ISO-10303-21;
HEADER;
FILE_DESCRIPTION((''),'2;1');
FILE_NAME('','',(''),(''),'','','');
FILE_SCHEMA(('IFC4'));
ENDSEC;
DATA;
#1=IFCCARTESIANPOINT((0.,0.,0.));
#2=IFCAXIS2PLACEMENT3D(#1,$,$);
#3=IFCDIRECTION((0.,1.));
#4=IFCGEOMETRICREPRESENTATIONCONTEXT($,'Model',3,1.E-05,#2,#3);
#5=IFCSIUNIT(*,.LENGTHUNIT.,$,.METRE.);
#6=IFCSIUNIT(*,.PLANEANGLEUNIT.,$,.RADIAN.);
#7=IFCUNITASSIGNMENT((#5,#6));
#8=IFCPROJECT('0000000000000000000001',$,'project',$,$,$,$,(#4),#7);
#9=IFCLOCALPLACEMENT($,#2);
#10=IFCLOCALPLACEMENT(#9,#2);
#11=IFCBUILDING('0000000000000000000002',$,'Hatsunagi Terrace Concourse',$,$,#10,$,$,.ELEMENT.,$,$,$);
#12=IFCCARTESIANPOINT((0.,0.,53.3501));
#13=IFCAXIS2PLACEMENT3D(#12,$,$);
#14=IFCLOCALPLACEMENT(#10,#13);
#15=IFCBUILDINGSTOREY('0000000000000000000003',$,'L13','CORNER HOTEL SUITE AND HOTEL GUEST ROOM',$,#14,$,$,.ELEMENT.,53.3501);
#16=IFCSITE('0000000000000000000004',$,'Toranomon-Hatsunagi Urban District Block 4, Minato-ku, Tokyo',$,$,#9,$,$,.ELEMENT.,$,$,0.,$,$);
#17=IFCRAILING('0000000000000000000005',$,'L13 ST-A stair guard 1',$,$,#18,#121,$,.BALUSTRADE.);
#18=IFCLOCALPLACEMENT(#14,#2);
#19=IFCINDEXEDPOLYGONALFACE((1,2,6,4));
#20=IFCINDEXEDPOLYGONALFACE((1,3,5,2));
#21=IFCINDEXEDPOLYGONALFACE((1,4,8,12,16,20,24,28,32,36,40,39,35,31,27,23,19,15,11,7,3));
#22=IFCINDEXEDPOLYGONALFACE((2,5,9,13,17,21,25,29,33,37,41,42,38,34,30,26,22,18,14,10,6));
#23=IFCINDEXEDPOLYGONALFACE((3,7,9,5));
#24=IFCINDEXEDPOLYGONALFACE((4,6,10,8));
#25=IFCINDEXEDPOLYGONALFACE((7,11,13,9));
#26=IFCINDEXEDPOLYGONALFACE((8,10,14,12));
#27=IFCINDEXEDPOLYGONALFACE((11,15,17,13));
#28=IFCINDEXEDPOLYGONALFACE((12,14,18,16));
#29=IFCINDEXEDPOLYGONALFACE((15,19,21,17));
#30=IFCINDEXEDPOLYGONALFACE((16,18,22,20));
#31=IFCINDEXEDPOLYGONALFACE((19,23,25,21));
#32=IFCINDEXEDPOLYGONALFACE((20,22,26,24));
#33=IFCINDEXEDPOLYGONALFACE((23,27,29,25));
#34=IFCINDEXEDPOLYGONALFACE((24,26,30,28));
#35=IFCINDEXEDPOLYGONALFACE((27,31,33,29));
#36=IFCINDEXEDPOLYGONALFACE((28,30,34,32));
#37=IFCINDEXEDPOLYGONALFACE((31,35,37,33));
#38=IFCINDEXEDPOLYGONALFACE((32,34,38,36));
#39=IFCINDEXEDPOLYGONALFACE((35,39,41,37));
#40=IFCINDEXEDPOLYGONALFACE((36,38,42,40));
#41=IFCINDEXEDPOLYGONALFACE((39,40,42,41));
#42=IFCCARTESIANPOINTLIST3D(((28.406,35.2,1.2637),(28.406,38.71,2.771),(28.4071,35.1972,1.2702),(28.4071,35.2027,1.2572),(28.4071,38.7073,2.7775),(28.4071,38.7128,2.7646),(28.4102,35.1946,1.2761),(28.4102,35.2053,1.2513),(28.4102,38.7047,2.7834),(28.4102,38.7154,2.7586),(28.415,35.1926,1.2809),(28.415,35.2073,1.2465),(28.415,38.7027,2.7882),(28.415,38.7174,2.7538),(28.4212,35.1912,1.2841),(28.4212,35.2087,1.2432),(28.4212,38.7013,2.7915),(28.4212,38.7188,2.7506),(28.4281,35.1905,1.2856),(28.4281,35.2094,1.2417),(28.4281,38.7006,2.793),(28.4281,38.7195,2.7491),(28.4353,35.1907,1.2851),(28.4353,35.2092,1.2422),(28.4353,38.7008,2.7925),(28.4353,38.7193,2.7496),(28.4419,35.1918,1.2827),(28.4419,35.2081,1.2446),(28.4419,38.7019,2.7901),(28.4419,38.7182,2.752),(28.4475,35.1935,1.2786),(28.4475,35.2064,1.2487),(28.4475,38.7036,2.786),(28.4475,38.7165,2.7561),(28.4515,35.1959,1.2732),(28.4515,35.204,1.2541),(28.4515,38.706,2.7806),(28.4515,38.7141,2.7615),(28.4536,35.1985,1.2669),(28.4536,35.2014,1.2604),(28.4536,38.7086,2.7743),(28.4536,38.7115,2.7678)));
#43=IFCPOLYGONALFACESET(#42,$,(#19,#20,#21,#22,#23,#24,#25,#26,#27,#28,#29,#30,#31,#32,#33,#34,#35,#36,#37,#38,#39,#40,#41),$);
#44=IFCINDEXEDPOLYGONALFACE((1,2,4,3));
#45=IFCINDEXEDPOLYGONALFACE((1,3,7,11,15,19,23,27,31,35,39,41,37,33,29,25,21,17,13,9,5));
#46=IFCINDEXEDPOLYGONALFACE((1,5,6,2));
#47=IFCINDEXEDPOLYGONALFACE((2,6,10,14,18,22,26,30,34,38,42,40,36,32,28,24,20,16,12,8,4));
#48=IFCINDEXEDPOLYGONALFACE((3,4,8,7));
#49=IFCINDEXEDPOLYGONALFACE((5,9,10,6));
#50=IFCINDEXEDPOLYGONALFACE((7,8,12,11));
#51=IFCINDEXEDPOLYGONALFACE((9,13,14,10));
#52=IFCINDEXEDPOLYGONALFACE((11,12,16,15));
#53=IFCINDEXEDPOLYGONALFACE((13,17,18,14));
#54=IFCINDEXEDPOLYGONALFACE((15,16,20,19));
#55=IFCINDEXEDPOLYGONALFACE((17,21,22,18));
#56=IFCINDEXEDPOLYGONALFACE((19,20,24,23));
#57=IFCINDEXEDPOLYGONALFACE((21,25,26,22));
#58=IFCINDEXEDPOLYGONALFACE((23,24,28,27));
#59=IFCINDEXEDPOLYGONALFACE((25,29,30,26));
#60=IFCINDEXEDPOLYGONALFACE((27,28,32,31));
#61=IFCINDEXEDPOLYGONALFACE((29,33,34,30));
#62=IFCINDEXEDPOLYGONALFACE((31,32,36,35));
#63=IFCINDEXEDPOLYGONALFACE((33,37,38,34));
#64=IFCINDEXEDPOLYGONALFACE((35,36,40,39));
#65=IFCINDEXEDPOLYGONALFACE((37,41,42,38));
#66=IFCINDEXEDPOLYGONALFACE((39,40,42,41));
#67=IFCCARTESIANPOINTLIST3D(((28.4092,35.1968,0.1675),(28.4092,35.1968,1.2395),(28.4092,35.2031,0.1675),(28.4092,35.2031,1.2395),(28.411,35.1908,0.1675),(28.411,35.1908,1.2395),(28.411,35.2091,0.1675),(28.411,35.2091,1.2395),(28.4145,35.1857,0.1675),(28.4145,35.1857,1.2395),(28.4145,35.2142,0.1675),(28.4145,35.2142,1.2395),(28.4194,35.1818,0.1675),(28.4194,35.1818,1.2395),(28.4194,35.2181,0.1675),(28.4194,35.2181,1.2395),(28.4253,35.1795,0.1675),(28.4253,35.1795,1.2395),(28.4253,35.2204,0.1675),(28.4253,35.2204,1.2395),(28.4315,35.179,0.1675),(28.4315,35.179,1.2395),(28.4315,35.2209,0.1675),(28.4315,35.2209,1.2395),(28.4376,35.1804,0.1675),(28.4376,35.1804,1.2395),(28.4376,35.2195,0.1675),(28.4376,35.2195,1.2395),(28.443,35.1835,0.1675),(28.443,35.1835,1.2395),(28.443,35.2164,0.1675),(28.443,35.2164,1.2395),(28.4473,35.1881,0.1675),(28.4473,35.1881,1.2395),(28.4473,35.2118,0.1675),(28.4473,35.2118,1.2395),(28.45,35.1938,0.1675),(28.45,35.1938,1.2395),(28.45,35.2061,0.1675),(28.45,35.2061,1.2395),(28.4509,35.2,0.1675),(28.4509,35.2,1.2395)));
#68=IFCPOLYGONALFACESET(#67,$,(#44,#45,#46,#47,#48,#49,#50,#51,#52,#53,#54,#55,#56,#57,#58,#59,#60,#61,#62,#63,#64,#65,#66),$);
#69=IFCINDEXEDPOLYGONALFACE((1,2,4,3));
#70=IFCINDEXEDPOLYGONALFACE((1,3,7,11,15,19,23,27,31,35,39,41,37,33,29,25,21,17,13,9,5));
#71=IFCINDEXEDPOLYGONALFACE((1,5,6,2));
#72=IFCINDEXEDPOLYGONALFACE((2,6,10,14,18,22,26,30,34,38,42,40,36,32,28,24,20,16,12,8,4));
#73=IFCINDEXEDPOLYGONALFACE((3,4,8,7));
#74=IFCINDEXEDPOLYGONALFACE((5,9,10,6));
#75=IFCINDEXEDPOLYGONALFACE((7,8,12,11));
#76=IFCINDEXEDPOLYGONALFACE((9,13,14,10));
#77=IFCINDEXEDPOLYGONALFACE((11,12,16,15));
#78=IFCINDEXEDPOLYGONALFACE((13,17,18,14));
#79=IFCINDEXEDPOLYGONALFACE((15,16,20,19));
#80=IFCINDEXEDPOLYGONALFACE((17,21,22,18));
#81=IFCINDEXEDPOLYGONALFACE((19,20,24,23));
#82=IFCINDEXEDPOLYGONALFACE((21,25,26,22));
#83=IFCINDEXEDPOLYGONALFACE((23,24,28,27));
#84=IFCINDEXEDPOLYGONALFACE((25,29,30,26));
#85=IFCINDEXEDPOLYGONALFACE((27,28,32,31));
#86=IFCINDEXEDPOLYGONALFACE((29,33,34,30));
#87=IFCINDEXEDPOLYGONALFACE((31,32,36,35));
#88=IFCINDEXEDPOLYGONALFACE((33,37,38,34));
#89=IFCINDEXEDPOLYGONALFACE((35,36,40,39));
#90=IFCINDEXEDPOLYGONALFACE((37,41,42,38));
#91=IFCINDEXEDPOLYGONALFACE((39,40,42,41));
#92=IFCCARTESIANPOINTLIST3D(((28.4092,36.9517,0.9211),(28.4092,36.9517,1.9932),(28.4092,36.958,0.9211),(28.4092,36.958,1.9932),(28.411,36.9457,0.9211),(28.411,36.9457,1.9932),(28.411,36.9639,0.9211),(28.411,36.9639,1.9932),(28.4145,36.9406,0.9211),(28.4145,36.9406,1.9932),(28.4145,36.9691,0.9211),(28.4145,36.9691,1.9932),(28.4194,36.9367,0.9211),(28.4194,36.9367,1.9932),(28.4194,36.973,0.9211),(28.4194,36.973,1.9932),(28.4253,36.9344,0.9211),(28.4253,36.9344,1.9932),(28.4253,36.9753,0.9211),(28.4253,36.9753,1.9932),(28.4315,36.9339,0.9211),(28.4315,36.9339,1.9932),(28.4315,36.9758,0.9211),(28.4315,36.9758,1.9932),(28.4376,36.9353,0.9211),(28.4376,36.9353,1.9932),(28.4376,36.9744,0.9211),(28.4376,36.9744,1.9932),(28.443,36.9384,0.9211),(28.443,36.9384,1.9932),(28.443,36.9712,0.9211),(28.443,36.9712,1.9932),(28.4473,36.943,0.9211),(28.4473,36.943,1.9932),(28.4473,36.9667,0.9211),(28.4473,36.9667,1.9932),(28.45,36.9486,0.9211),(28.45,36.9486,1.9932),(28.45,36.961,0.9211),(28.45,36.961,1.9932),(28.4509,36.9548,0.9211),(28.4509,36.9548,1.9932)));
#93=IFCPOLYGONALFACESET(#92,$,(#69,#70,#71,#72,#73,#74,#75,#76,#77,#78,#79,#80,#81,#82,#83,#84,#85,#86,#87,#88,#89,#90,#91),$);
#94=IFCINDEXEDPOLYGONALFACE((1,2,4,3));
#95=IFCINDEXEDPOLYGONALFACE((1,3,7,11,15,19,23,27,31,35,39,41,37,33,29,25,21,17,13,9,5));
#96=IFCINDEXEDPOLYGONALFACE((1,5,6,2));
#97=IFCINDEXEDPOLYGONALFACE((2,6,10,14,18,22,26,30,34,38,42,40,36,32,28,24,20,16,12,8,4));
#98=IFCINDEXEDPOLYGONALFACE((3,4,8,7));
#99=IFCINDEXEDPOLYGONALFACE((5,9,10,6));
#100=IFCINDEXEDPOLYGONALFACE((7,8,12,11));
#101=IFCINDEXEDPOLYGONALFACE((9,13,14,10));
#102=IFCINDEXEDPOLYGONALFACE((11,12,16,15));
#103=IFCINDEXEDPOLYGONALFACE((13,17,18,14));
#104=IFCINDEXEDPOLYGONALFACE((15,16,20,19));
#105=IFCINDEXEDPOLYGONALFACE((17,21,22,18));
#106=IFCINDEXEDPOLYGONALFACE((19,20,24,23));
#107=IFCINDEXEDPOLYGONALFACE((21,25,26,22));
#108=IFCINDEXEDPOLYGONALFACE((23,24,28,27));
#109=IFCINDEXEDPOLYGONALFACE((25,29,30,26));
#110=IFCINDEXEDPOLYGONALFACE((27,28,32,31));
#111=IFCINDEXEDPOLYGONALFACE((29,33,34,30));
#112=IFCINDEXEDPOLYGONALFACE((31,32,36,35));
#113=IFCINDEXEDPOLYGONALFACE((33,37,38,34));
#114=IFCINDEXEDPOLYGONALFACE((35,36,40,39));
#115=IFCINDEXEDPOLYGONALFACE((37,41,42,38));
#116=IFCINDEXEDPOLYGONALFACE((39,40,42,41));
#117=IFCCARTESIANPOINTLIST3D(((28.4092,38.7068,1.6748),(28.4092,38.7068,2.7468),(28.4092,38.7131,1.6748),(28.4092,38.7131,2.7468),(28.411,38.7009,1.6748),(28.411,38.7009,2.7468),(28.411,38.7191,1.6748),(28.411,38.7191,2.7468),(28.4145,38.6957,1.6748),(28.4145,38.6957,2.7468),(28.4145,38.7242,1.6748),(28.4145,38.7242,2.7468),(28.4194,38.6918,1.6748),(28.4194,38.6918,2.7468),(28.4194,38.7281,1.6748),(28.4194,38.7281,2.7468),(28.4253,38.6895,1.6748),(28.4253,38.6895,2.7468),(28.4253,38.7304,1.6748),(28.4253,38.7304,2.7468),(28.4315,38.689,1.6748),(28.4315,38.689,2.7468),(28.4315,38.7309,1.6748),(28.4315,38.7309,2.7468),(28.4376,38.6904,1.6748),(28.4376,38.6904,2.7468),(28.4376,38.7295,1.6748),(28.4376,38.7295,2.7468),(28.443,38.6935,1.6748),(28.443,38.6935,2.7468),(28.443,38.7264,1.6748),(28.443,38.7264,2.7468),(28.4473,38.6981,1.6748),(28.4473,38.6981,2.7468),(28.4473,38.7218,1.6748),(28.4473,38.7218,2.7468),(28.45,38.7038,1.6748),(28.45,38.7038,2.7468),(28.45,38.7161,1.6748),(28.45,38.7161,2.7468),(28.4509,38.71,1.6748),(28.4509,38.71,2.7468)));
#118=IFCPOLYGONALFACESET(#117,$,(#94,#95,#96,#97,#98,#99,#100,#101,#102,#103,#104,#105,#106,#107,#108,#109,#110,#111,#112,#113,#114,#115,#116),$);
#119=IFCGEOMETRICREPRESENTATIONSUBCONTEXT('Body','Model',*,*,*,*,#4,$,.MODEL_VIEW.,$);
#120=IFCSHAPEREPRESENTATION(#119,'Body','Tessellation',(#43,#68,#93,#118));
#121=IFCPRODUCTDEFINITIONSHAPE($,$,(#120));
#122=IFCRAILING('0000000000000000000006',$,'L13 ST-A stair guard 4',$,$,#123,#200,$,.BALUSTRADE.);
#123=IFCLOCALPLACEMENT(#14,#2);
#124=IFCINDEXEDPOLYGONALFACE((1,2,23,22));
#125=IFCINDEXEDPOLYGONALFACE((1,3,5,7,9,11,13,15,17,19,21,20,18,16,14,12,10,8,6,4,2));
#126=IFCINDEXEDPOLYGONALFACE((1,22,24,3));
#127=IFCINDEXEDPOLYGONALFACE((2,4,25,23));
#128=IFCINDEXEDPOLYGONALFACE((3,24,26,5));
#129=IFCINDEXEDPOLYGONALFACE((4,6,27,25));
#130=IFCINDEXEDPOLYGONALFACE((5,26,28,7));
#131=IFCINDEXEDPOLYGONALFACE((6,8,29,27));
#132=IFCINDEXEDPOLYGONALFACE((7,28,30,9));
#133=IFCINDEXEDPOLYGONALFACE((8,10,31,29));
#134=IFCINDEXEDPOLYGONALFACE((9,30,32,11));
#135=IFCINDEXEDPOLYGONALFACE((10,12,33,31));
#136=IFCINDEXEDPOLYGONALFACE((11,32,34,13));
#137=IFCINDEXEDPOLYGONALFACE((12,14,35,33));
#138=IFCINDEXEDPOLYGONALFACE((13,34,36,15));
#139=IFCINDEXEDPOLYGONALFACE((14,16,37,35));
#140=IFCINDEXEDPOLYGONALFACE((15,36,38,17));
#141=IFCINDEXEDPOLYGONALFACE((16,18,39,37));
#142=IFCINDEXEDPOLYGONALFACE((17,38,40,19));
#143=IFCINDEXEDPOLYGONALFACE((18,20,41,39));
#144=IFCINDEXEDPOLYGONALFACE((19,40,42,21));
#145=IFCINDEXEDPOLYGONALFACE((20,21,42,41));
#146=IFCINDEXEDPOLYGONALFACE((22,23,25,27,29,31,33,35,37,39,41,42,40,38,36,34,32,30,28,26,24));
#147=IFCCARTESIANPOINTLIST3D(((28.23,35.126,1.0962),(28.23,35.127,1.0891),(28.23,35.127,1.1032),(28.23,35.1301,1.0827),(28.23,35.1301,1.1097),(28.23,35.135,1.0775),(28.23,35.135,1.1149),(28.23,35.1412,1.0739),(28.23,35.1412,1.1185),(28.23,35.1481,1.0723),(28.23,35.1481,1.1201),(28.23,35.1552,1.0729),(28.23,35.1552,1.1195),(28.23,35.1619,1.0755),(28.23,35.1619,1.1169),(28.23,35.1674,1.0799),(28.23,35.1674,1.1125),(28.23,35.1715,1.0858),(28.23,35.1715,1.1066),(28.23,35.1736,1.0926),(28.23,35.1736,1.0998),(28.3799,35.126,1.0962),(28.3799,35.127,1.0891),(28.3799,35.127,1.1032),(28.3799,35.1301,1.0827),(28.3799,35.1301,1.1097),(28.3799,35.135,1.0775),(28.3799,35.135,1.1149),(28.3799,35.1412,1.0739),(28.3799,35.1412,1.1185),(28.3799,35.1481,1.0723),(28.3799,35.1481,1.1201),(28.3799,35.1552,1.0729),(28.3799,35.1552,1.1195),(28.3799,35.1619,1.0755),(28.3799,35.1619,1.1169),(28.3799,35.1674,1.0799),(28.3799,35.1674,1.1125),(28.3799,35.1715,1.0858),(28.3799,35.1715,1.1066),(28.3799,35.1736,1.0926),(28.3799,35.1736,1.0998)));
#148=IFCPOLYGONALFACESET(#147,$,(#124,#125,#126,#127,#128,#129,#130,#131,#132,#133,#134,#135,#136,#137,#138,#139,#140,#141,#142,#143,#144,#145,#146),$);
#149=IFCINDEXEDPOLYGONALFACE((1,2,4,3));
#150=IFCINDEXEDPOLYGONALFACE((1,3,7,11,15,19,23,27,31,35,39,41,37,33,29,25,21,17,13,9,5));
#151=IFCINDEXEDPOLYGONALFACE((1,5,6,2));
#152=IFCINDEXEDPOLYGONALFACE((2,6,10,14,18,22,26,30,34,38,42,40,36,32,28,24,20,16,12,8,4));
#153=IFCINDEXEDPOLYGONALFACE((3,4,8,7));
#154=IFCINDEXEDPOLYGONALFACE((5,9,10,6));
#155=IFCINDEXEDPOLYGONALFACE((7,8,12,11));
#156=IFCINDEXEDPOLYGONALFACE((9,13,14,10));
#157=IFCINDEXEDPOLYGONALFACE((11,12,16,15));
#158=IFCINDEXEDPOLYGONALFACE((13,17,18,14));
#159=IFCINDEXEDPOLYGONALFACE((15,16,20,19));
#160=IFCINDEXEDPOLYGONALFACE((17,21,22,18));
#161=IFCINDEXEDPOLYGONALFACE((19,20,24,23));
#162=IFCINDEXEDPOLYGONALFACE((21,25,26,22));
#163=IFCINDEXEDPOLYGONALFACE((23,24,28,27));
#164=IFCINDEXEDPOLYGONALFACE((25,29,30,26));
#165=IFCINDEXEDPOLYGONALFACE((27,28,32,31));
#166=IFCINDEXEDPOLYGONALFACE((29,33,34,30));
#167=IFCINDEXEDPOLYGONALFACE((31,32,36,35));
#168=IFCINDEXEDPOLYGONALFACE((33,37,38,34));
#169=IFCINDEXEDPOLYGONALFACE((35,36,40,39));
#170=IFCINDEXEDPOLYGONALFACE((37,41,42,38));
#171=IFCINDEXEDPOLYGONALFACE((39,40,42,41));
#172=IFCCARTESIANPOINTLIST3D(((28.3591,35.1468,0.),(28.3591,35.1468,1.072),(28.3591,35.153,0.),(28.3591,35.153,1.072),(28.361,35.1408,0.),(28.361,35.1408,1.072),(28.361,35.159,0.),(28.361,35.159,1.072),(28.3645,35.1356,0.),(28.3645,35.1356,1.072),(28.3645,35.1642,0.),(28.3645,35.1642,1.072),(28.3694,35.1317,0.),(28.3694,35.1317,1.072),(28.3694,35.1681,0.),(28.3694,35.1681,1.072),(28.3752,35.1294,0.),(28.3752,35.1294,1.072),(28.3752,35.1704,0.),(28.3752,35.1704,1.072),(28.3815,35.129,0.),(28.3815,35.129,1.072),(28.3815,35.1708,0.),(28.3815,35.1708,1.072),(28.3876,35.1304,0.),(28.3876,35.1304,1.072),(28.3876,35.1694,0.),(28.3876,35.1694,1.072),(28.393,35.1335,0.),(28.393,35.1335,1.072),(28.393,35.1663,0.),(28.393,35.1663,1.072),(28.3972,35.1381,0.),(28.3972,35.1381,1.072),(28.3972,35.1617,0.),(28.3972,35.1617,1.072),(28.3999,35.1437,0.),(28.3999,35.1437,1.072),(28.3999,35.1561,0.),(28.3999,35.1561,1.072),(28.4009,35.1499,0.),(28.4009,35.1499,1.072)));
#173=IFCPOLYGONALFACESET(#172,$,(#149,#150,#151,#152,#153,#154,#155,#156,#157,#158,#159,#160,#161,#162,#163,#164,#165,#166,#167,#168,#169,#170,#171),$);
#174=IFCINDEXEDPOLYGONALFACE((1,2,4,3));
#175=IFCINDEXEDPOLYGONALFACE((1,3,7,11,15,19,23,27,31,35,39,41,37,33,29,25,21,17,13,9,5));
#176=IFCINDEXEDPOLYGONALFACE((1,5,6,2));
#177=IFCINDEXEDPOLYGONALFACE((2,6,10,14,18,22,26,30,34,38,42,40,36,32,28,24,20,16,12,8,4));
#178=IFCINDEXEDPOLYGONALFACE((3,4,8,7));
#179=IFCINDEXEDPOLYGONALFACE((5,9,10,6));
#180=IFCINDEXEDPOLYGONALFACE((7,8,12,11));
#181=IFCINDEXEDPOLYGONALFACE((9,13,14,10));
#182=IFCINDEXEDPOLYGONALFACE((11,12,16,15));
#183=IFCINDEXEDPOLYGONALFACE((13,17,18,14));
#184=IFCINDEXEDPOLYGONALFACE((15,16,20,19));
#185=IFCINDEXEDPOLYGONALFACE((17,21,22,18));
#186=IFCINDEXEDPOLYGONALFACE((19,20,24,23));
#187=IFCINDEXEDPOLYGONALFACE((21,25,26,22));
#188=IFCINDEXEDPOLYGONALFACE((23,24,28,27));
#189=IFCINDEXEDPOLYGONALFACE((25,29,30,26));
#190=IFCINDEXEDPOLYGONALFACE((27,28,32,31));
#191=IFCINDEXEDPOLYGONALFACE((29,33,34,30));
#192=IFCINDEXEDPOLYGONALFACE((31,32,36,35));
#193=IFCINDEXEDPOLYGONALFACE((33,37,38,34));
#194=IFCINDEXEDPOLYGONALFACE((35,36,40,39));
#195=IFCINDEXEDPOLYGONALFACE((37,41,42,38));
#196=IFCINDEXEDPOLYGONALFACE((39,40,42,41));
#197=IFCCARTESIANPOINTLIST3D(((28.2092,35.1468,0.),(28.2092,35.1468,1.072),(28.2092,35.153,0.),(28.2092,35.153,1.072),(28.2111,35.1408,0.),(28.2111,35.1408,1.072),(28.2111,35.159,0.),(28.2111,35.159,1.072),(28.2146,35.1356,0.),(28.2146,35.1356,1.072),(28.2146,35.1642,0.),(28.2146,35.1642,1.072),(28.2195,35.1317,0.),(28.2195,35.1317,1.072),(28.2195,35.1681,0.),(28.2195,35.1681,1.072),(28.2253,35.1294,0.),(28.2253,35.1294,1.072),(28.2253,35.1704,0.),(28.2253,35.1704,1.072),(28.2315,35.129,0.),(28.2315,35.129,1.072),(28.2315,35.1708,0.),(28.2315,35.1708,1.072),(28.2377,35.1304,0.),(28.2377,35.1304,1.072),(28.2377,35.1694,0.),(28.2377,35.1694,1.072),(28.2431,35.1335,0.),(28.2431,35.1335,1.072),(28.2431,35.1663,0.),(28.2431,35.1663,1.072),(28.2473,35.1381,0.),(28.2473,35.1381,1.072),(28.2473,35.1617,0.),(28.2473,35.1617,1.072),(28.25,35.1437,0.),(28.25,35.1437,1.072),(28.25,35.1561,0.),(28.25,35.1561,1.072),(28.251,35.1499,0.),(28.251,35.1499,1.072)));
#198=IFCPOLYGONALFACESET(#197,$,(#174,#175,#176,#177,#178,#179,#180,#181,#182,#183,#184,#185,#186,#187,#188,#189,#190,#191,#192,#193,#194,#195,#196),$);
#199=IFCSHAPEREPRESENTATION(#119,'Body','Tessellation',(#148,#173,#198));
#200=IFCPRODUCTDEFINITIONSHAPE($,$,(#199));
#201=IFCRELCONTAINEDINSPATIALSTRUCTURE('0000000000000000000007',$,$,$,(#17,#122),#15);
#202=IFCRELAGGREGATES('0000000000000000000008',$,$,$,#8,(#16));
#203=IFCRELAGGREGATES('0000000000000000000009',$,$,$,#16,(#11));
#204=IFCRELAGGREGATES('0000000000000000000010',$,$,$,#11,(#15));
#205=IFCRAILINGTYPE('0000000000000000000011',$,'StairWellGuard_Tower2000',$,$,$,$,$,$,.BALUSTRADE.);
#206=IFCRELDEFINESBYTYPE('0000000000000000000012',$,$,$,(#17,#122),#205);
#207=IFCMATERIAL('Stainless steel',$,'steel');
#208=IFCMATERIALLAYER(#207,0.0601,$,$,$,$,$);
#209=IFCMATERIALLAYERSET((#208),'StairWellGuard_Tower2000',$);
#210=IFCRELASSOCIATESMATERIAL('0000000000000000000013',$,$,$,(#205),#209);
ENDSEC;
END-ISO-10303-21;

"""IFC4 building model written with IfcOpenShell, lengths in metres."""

from ifc_helpers import new_model, si_unit, direction, frame, origin, origin_2d, place, context, subcontext, project, spatial, circle, extrude, material, layer, layer_set, type_object, element, save


model = new_model("IFC4")

# Units and contexts
model_context = context("Model", 3, precision=1e-05, world=origin(), true_north=direction((0.0, 1.0)))
body_context = subcontext(model_context, "Body", "Model", "MODEL_VIEW")
ifc_project = project(units=[si_unit("LENGTHUNIT", "METRE"), si_unit("PLANEANGLEUNIT", "RADIAN")], contexts=[model_context])

# Site, building, storey
site_placement = place(None, origin())
site = spatial("IfcSite", under=ifc_project, at=site_placement, Name="Toranomon-Hatsunagi Urban District Block 4, Minato-ku, Tokyo", CompositionType="ELEMENT", RefElevation=0.0)
building_placement = place(site_placement, origin())
building = spatial("IfcBuilding", under=site, at=building_placement, Name="Hatsunagi Terrace Concourse", CompositionType="ELEMENT")
storey_placement = place(building_placement, frame((0.0, 0.0, 53.3501)))
storey = spatial("IfcBuildingStorey", under=building, at=storey_placement, Name="L13", Description="CORNER HOTEL SUITE AND HOTEL GUEST ROOM", CompositionType="ELEMENT", Elevation=53.3501)

# Railings
ifc_material_1 = material(Name="Stainless steel", Category="steel")
ifc_layer_1 = layer(ifc_material_1, 0.0601)
ifc_layer_set_1 = layer_set([ifc_layer_1], Name="StairWellGuard_Tower2000")
railing_type_1 = type_object("IfcRailingType", Name="StairWellGuard_Tower2000", PredefinedType="BALUSTRADE", material=ifc_layer_set_1)
railing_1_placement = place(storey_placement, frame((28.4299, 35.2, 0.1675)))
element("IfcRailing", 1, at=railing_1_placement, inside=storey, type_object=railing_type_1, Name="L13 ST-A stair guard 1", PredefinedType="BALUSTRADE", context=body_context, shape_type="SweptSolid", body=[
    extrude(circle(Radius=0.0239, at=origin_2d()), frame((0.0, 0.0, 1.0962), z_axis=(0.0, 0.918857, 0.39459), x_axis=(-1.0, 0.0, 0.0)), (0.0, 0.0, 1.0), 3.8201),
    extrude(circle(Radius=0.021, at=origin_2d()), origin(), (0.0, 0.0, 1.0), 1.072),
    extrude(circle(Radius=0.021, at=origin_2d()), frame((0.0, 1.7549, 0.7537)), (0.0, 0.0, 1.0), 1.072),
    extrude(circle(Radius=0.021, at=origin_2d()), frame((0.0, 3.51, 1.5073)), (0.0, 0.0, 1.0), 1.072),
])
railing_2_placement = place(storey_placement, frame((28.3799, 35.1499, 0.0)))
element("IfcRailing", 2, at=railing_2_placement, inside=storey, type_object=railing_type_1, Name="L13 ST-A stair guard 4", PredefinedType="BALUSTRADE", context=body_context, shape_type="SweptSolid", body=[
    extrude(circle(Radius=0.0239, at=origin_2d()), frame((0.0, 0.0, 1.0962), z_axis=(-1.0, 0.0, 0.0), x_axis=(0.0, -1.0, 0.0)), (0.0, 0.0, 1.0), 0.1499),
    extrude(circle(Radius=0.021, at=origin_2d()), origin(), (0.0, 0.0, 1.0), 1.072),
    extrude(circle(Radius=0.021, at=origin_2d()), frame((-0.1499, 0.0, 0.0)), (0.0, 0.0, 1.0), 1.072),
])

save(model, "model.ifc")
